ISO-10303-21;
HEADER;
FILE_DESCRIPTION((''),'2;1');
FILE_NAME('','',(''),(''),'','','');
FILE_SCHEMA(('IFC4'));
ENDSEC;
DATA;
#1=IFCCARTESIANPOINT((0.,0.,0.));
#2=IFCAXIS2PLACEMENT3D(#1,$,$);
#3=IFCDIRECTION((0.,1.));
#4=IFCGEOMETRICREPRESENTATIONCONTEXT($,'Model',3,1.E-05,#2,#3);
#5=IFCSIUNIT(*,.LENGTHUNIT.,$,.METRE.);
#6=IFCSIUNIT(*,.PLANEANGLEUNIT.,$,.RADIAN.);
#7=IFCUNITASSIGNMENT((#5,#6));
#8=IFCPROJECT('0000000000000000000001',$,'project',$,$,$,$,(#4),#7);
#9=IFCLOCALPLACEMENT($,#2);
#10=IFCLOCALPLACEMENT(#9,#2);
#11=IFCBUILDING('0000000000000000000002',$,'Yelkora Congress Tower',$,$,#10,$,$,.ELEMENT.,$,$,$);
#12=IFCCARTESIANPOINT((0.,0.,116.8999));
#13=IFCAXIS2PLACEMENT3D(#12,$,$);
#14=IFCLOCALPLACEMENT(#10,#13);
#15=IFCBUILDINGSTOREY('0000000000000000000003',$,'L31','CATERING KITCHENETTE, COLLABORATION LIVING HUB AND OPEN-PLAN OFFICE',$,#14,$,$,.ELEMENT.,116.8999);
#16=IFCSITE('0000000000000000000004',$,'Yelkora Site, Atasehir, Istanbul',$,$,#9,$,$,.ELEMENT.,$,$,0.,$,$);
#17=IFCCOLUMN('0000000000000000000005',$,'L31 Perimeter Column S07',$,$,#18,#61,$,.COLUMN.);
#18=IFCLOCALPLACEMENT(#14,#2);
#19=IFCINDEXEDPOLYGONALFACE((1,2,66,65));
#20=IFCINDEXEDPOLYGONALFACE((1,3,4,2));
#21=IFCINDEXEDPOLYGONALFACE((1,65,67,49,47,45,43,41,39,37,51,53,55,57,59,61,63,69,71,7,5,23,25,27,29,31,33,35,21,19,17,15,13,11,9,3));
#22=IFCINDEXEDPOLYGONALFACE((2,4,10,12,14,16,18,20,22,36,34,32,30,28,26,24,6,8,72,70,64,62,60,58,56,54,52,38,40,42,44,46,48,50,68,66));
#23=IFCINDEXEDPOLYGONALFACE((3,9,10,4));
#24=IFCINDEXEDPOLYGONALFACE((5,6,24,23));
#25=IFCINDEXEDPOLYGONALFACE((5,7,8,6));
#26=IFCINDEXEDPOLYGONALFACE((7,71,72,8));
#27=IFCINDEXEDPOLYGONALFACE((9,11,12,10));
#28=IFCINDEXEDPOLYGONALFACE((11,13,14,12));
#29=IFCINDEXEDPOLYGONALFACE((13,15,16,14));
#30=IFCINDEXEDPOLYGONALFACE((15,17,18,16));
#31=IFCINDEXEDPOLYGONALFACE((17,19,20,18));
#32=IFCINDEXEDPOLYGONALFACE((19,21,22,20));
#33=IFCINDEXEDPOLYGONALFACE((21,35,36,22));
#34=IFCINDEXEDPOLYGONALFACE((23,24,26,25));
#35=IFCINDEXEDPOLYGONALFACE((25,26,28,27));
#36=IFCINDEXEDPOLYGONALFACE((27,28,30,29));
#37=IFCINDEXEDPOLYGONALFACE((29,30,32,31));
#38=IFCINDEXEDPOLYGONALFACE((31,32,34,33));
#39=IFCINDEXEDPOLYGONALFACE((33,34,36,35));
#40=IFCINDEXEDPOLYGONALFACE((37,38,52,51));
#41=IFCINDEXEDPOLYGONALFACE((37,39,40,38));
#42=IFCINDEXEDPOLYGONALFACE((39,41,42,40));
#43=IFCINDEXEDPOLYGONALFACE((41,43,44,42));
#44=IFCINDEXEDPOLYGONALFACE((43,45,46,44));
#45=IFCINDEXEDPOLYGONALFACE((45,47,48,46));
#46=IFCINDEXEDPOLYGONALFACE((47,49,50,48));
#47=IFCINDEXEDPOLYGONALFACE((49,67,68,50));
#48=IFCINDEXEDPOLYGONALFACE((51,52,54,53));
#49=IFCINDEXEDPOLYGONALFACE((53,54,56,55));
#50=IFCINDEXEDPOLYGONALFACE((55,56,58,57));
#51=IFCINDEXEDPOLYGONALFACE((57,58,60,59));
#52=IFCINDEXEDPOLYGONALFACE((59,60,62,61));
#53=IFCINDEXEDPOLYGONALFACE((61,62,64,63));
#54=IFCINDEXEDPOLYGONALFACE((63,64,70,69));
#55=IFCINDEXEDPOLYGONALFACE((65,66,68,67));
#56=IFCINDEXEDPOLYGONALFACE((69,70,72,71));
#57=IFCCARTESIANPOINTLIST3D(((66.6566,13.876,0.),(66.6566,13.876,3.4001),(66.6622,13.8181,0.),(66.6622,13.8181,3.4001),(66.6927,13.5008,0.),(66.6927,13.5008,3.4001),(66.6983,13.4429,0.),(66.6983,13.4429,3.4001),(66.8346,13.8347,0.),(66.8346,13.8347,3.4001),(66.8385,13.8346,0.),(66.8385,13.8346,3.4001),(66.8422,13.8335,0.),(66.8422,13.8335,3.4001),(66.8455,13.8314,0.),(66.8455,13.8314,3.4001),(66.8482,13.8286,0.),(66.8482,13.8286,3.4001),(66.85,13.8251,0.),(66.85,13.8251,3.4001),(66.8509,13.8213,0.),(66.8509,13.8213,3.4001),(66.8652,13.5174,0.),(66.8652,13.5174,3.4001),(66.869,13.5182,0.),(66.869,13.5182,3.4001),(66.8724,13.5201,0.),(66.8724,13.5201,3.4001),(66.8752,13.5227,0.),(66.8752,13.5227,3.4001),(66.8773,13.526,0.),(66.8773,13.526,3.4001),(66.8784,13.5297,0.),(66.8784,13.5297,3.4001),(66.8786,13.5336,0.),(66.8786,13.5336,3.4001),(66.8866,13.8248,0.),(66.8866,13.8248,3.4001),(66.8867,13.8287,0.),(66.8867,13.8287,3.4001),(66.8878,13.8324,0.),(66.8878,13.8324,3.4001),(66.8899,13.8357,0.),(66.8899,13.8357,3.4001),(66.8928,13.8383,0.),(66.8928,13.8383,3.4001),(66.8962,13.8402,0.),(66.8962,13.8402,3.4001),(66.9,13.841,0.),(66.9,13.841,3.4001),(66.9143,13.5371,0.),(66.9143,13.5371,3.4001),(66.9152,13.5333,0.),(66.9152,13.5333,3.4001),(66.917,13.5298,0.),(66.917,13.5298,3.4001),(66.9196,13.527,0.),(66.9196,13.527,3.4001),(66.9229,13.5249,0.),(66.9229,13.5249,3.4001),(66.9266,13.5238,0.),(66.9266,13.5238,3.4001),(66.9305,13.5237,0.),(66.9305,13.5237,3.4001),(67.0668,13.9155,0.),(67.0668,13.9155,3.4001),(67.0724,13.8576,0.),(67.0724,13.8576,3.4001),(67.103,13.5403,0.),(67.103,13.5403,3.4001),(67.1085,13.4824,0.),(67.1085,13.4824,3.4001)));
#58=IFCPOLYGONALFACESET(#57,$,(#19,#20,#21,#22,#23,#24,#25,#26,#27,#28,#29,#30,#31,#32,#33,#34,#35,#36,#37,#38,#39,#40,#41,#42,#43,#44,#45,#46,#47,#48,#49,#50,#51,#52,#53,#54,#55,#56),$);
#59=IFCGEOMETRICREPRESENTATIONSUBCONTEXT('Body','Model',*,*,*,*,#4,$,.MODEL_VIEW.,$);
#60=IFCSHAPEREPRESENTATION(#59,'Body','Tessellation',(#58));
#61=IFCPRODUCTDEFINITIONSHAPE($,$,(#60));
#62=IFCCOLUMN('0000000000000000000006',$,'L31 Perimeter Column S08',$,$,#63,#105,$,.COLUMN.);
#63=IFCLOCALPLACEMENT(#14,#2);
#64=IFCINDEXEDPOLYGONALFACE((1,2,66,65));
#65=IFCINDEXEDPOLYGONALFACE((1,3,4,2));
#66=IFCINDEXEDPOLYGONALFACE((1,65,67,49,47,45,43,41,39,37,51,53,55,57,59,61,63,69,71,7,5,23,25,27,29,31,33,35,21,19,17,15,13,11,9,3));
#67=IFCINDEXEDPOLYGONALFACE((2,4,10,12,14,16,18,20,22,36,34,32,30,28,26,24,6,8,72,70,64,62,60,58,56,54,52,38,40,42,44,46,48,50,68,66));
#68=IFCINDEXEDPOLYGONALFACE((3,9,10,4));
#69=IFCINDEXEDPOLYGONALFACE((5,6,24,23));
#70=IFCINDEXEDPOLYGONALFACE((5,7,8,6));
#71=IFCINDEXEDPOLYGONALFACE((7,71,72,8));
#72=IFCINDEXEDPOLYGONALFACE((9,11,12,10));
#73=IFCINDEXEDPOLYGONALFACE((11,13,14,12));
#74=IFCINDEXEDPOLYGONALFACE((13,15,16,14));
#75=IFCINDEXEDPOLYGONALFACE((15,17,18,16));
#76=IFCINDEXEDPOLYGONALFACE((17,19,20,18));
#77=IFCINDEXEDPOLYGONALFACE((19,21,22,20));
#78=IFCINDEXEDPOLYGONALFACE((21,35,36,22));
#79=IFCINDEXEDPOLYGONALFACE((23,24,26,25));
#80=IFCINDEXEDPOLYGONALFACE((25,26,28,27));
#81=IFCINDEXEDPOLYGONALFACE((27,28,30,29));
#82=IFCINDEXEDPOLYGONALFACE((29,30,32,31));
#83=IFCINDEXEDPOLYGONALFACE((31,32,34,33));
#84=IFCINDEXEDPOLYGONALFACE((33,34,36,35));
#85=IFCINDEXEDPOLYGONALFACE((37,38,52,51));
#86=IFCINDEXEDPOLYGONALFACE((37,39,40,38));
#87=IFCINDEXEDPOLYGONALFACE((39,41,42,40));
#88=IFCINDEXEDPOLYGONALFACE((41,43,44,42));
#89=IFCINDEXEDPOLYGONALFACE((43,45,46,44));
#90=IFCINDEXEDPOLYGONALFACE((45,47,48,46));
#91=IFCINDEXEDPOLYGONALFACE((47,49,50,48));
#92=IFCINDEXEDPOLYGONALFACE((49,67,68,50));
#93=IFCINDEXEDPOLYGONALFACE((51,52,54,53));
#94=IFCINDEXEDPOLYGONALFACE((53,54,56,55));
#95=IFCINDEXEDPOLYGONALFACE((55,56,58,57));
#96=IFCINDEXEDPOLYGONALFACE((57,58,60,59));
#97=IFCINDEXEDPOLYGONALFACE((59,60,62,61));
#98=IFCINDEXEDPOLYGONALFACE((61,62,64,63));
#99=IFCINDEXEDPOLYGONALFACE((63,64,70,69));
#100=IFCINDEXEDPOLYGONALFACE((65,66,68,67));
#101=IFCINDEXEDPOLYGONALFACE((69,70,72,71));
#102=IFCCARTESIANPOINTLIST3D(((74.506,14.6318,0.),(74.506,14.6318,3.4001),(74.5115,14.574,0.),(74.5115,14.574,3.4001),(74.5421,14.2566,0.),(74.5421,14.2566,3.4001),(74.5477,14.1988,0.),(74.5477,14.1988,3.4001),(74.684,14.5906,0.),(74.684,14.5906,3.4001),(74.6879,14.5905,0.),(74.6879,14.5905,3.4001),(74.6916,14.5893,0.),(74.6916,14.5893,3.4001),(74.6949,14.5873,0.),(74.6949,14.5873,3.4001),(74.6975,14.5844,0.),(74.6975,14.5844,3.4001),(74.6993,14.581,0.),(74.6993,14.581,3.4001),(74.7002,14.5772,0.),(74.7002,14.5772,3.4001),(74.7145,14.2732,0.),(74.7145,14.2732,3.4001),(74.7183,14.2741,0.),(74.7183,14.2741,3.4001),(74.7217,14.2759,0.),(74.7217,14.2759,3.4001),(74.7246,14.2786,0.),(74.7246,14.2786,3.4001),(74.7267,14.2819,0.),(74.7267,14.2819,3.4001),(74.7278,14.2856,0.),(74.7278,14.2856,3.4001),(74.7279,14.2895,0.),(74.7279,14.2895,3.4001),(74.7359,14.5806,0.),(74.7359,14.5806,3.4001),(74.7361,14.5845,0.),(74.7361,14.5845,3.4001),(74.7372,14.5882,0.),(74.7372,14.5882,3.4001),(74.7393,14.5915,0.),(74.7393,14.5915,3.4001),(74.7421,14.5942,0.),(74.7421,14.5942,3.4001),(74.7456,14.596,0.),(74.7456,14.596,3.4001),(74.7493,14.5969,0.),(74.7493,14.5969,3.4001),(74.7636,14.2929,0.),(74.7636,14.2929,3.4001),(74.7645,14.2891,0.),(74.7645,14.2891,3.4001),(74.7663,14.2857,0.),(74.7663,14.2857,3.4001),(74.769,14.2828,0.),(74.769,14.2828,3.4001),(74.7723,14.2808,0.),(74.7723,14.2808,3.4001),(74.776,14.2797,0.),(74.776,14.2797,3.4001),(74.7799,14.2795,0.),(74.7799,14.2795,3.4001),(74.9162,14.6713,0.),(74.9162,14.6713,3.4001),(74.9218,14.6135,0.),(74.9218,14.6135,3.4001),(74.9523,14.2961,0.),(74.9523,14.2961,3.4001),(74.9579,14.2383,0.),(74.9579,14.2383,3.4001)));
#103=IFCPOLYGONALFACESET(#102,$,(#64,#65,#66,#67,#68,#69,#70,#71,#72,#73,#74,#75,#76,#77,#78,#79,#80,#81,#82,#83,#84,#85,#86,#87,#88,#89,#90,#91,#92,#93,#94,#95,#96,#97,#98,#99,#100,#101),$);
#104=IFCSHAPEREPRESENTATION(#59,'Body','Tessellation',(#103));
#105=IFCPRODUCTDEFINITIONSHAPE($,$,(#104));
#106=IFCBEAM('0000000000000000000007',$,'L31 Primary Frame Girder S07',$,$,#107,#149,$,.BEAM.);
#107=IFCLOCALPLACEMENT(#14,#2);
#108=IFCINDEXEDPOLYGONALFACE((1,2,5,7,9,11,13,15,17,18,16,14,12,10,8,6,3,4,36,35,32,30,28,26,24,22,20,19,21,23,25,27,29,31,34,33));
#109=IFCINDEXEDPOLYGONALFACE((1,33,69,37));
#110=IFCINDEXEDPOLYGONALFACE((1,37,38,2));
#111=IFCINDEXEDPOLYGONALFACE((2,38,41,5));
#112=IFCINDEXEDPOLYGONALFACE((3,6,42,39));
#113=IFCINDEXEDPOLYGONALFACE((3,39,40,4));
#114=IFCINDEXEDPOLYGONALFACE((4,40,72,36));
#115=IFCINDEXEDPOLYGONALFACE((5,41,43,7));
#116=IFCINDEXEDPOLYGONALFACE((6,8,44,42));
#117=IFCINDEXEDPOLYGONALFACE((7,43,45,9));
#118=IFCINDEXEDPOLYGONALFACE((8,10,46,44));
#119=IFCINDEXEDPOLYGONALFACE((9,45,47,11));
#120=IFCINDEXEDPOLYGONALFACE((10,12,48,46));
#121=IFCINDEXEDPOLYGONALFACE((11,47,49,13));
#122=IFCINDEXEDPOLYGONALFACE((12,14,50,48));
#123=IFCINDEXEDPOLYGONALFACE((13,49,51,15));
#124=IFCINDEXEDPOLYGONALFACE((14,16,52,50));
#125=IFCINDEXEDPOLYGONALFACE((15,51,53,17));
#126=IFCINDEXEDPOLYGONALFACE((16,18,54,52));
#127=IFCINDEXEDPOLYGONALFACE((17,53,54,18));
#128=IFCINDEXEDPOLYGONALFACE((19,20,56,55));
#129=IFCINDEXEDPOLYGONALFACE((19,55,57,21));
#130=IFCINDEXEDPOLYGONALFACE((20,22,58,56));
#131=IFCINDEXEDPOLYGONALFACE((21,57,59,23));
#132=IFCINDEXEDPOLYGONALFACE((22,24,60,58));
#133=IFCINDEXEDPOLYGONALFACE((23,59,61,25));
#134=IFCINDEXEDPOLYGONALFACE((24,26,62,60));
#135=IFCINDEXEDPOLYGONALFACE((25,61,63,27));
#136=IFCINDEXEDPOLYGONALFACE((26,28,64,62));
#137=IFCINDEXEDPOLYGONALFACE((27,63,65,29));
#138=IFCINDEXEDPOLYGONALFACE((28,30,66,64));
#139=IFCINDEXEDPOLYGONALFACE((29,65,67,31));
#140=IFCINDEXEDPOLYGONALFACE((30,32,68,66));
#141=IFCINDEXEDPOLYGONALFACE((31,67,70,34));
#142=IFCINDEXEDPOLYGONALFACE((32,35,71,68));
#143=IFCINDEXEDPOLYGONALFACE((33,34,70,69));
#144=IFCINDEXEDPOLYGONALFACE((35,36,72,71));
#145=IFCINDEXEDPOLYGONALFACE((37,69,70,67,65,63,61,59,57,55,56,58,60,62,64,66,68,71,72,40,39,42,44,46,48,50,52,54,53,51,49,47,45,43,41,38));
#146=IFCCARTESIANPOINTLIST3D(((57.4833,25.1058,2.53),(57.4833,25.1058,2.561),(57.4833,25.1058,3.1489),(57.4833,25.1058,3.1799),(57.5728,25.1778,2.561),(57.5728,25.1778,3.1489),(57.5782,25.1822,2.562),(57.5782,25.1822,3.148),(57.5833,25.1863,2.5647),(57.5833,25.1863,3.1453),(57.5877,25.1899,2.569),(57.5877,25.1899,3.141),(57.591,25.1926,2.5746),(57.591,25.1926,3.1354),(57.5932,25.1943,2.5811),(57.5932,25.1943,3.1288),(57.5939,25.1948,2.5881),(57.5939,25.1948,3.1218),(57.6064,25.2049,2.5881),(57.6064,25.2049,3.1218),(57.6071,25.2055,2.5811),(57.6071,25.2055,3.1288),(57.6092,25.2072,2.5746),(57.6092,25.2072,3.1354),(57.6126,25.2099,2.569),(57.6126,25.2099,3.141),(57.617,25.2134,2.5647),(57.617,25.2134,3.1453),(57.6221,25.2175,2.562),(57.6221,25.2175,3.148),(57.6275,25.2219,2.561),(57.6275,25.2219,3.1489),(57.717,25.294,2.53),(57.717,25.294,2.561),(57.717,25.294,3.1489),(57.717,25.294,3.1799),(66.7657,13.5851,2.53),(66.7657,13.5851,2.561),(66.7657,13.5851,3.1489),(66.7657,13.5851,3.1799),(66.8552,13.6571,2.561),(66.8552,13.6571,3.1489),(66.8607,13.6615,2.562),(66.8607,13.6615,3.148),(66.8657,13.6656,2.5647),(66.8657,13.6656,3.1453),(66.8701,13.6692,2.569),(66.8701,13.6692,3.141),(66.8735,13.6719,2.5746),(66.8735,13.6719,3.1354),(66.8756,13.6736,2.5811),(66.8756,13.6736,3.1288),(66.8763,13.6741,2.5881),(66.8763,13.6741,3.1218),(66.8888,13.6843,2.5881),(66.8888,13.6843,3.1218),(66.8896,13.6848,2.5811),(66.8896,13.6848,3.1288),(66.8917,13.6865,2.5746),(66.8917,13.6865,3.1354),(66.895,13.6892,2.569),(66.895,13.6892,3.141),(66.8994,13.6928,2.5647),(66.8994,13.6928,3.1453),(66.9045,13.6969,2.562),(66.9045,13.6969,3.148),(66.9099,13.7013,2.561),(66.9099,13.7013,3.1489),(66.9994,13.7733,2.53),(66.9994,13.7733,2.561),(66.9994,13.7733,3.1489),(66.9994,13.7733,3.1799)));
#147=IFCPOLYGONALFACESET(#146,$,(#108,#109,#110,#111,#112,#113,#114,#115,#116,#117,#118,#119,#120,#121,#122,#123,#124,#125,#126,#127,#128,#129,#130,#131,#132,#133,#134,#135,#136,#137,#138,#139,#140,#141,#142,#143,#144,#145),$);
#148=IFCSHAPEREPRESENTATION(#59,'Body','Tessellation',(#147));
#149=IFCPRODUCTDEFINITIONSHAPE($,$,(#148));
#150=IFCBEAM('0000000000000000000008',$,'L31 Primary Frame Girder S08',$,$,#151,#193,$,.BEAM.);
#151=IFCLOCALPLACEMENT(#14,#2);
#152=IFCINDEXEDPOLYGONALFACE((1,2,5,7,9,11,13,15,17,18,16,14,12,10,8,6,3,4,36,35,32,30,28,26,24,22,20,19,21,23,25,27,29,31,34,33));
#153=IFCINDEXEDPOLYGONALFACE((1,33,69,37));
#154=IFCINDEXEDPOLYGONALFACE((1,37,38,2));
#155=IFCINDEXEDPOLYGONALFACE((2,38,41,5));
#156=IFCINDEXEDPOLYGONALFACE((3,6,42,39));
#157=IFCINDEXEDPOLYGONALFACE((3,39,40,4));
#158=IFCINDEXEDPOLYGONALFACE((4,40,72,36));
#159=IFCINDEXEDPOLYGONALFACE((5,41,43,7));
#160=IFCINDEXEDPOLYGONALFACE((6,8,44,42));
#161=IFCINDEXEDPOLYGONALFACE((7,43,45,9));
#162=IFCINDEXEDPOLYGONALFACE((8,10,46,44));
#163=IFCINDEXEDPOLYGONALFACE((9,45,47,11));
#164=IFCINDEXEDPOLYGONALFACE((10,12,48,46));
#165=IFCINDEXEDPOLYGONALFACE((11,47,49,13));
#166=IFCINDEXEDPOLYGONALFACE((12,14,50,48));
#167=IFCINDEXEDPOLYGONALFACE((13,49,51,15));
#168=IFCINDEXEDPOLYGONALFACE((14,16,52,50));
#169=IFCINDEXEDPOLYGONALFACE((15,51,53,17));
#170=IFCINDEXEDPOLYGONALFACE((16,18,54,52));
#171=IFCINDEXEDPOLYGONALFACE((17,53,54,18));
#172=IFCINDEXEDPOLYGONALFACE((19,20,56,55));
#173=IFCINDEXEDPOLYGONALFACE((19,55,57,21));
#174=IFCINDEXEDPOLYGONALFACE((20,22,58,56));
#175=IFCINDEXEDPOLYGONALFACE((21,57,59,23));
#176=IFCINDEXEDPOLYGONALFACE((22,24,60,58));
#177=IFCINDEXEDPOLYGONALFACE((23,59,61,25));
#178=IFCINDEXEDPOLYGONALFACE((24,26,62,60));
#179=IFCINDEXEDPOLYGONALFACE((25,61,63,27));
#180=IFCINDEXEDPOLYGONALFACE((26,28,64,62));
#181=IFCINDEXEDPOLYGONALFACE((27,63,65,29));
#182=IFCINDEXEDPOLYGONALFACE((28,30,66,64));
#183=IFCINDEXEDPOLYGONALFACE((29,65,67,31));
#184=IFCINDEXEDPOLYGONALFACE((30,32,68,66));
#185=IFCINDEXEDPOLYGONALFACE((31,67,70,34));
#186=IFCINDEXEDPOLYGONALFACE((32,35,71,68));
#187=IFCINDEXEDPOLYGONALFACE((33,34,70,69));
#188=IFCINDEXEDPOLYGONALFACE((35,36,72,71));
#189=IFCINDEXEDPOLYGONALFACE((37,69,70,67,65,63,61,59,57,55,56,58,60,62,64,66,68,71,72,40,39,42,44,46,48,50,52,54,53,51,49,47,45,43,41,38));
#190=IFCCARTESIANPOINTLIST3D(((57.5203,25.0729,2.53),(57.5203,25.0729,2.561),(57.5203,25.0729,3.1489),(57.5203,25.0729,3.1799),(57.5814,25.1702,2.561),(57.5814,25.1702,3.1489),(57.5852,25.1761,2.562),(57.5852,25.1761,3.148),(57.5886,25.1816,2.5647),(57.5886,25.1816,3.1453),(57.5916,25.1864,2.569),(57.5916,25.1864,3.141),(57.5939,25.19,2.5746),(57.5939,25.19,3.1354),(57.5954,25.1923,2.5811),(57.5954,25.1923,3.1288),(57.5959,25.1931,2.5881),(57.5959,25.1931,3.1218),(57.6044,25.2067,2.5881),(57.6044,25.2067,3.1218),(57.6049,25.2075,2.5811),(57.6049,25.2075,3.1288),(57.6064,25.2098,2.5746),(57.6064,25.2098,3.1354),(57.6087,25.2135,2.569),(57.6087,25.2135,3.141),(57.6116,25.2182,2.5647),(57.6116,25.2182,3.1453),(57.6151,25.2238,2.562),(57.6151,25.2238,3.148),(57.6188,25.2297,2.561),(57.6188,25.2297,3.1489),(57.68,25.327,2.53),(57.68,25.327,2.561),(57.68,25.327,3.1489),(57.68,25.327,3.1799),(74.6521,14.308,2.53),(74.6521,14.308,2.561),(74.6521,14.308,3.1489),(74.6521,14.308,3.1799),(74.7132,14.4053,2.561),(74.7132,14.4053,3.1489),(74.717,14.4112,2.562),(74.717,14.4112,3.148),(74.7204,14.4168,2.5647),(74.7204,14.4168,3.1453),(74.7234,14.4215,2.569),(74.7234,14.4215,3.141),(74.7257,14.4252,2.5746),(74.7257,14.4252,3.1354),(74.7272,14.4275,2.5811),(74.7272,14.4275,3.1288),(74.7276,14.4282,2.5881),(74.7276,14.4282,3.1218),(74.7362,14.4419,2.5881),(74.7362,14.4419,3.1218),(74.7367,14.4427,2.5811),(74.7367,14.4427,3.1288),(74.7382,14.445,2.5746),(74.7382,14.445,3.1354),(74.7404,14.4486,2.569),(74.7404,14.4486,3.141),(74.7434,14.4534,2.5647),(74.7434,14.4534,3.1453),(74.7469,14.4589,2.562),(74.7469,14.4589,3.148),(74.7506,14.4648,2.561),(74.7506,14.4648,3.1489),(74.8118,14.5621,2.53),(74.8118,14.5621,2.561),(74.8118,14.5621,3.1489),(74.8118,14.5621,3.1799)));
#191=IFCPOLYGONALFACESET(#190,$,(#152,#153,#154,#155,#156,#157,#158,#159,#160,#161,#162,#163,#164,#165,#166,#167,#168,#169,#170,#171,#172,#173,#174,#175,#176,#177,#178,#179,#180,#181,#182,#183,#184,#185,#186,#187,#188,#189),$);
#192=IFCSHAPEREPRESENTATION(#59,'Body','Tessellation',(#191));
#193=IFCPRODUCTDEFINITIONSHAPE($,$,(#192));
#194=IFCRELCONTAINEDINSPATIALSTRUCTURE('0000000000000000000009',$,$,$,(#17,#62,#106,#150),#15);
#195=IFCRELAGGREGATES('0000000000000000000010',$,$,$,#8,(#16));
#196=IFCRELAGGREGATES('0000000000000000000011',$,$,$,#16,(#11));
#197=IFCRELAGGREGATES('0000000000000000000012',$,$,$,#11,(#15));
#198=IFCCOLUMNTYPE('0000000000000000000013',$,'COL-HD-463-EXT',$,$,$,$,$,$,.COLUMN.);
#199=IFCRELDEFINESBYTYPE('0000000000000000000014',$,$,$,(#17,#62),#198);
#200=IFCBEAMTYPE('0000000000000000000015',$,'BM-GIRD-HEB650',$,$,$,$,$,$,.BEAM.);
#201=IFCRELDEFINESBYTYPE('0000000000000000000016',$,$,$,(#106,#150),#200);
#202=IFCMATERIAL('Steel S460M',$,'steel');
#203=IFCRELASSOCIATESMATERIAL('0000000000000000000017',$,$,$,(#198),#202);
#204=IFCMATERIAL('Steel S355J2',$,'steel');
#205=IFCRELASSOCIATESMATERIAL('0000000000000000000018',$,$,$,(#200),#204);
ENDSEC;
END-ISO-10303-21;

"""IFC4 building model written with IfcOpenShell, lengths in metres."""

from ifc_helpers import new_model, si_unit, direction, frame, origin, origin_2d, place, context, subcontext, project, spatial, i_section, extrude, material, material_profile, profile_set, type_object, element, save


model = new_model("IFC4")

# Units and contexts
model_context = context("Model", 3, precision=1e-05, world=origin(), true_north=direction((0.0, 1.0)))
body_context = subcontext(model_context, "Body", "Model", "MODEL_VIEW")
ifc_project = project(units=[si_unit("LENGTHUNIT", "METRE"), si_unit("PLANEANGLEUNIT", "RADIAN")], contexts=[model_context])

# Site, building, storey
site_placement = place(None, origin())
site = spatial("IfcSite", under=ifc_project, at=site_placement, Name="Yelkora Site, Atasehir, Istanbul", CompositionType="ELEMENT", RefElevation=0.0)
building_placement = place(site_placement, origin())
building = spatial("IfcBuilding", under=site, at=building_placement, Name="Yelkora Congress Tower", CompositionType="ELEMENT")
storey_placement = place(building_placement, frame((0.0, 0.0, 116.8999)))
storey = spatial("IfcBuildingStorey", under=building, at=storey_placement, Name="L31", Description="CATERING KITCHENETTE, COLLABORATION LIVING HUB AND OPEN-PLAN OFFICE", CompositionType="ELEMENT", Elevation=116.8999)

# Columns
ifc_material_1 = material(Name="Steel S460M", Category="steel")
ifc_material_profile_1 = material_profile(ifc_material_1, i_section(OverallWidth=0.4121, OverallDepth=0.4351, WebThickness=0.0359, FlangeThickness=0.0581, FilletRadius=0.0149, at=origin_2d()), Name="HD 400x463")
ifc_profile_set_1 = profile_set([ifc_material_profile_1], Name="Steel S460M")
column_type = type_object("IfcColumnType", Name="COL-HD-463-EXT", PredefinedType="COLUMN", material=ifc_profile_set_1)
for number, where, z_axis, x_axis, name in (
    (1, (66.8826, 13.6792, 0.0), (0.0, 0.0, 1.0), (0.995396, 0.095846, 0.0), "L31 Perimeter Column S07"),
    (2, (74.7319, 14.4351, 0.0), (0.0, 0.0, 1.0), (0.995396, 0.095846, 0.0), "L31 Perimeter Column S08"),
):
    element("IfcColumn", number, at=place(storey_placement, frame(where, z_axis=z_axis, x_axis=x_axis)), inside=storey, type_object=column_type, Name=name, PredefinedType="COLUMN", context=body_context, shape_type="SweptSolid", body=[
        extrude(i_section(OverallWidth=0.4121, OverallDepth=0.4351, WebThickness=0.0359, FlangeThickness=0.0581, FilletRadius=0.0149, at=origin_2d()), origin(), (0.0, 0.0, 1.0), 3.4001),
    ])

# Beams
ifc_material_2 = material(Name="Steel S355J2", Category="steel")
ifc_material_profile_2 = material_profile(ifc_material_2, i_section(OverallWidth=0.3, OverallDepth=0.6499, WebThickness=0.0161, FlangeThickness=0.031, FilletRadius=0.0271, at=origin_2d()), Name="HEB 650")
ifc_profile_set_2 = profile_set([ifc_material_profile_2], Name="Steel S355J2")
beam_type_1 = type_object("IfcBeamType", Name="BM-GIRD-HEB650", PredefinedType="BEAM", material=ifc_profile_set_2)
beam_1_placement = place(storey_placement, frame((66.8826, 13.6792, 2.855), z_axis=(-0.627406, 0.778692, 0.0), x_axis=(-0.778692, -0.627406, 0.0)))
element("IfcBeam", 3, at=beam_1_placement, inside=storey, type_object=beam_type_1, Name="L31 Primary Frame Girder S07", PredefinedType="BEAM", context=body_context, shape_type="SweptSolid", body=[
    extrude(i_section(OverallWidth=0.3, OverallDepth=0.6499, WebThickness=0.0161, FlangeThickness=0.031, FilletRadius=0.0271, at=origin_2d()), origin(), (0.0, 0.0, 1.0), 14.7949),
])
beam_2_placement = place(storey_placement, frame((74.7319, 14.4351, 2.855), z_axis=(-0.846719, 0.532041, 0.0), x_axis=(-0.532041, -0.846719, 0.0)))
element("IfcBeam", 4, at=beam_2_placement, inside=storey, type_object=beam_type_1, Name="L31 Primary Frame Girder S08", PredefinedType="BEAM", context=body_context, shape_type="SweptSolid", body=[
    extrude(i_section(OverallWidth=0.3, OverallDepth=0.6499, WebThickness=0.0161, FlangeThickness=0.031, FilletRadius=0.0271, at=origin_2d()), origin(), (0.0, 0.0, 1.0), 20.2332),
])

save(model, "model.ifc")
